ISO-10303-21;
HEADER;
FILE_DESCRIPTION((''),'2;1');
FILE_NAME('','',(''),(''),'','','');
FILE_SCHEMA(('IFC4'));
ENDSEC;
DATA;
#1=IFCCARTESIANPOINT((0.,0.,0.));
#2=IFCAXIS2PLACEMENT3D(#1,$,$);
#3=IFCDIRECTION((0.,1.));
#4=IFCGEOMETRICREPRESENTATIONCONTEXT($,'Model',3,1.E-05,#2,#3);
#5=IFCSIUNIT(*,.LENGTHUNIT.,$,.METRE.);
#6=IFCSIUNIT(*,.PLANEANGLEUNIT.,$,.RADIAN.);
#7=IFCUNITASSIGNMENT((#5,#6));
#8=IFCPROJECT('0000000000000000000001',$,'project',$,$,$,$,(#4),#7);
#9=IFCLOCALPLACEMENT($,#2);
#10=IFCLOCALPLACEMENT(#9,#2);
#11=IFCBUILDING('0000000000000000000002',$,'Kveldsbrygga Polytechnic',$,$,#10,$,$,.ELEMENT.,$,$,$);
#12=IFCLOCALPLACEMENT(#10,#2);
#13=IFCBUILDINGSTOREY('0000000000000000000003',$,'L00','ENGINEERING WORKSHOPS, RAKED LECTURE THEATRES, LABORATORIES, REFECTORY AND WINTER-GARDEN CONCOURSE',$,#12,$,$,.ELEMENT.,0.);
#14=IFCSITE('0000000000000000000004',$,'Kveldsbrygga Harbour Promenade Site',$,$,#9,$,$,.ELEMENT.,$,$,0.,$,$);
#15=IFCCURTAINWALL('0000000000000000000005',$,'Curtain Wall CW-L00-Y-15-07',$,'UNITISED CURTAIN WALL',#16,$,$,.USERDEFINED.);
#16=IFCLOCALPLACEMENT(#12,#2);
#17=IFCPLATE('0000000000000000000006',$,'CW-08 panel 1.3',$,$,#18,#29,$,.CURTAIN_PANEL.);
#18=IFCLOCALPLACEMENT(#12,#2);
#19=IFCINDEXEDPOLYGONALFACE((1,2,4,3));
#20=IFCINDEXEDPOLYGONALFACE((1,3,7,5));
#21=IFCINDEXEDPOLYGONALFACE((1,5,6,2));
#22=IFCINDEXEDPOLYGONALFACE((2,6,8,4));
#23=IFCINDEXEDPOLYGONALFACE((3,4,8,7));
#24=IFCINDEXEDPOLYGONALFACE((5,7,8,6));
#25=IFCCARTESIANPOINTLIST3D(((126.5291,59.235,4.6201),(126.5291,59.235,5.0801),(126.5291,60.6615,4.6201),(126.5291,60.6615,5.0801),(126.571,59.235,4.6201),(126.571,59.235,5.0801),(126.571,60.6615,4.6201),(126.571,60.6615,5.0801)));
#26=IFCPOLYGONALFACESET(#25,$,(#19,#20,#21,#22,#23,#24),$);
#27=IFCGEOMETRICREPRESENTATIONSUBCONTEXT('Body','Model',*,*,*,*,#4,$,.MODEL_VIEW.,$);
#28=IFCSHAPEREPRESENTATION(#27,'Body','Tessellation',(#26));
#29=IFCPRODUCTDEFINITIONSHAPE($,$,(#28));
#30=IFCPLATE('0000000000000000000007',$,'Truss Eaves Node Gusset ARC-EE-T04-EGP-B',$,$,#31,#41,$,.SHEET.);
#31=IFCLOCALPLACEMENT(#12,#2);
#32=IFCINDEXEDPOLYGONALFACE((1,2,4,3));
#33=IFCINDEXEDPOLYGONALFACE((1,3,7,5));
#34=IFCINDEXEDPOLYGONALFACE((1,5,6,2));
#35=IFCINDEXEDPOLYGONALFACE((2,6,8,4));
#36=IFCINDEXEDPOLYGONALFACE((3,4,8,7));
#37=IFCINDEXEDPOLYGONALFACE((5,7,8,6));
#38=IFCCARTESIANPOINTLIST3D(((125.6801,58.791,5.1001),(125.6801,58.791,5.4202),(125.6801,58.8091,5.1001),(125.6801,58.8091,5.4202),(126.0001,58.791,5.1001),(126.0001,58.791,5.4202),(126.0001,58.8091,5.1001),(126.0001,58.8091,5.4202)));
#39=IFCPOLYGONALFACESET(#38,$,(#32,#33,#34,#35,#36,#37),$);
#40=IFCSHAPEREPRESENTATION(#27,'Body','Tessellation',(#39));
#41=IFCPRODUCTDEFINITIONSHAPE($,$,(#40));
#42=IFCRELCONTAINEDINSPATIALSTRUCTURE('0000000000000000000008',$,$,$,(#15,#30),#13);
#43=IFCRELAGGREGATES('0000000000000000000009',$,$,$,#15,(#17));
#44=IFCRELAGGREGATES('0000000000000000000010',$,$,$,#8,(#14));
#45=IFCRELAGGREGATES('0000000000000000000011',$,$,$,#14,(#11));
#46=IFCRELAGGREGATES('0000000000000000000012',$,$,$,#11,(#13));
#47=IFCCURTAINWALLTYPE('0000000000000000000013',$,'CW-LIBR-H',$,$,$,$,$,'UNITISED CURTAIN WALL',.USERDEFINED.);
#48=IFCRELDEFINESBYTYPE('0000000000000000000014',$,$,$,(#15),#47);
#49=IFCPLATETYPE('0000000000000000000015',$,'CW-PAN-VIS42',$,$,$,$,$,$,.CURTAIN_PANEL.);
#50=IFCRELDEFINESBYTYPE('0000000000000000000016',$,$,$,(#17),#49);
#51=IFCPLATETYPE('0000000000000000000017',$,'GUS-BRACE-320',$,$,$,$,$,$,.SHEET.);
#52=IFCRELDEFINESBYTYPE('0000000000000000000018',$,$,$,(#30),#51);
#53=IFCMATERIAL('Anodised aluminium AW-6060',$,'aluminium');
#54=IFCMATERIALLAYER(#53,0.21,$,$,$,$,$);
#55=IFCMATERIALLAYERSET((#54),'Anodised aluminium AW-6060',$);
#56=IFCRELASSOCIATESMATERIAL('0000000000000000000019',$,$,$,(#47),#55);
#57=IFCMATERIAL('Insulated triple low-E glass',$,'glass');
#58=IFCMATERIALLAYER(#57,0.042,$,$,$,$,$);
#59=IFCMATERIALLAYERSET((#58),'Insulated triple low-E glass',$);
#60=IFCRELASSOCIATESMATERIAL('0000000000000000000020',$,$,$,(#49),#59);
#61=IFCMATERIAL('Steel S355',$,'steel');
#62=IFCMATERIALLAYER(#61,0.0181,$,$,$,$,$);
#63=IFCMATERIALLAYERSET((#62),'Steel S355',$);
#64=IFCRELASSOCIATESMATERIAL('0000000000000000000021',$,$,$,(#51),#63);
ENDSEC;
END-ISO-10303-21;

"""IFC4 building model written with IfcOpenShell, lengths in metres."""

from ifc_helpers import new_model, si_unit, direction, frame, origin, origin_2d, place, context, subcontext, project, spatial, rectangle, extrude, material, layer, layer_set, type_object, element, aggregate, save


model = new_model("IFC4")

# Units and contexts
model_context = context("Model", 3, precision=1e-05, world=origin(), true_north=direction((0.0, 1.0)))
body_context = subcontext(model_context, "Body", "Model", "MODEL_VIEW")
ifc_project = project(units=[si_unit("LENGTHUNIT", "METRE"), si_unit("PLANEANGLEUNIT", "RADIAN")], contexts=[model_context])

# Site, building, storey
site_placement = place(None, origin())
site = spatial("IfcSite", under=ifc_project, at=site_placement, Name="Kveldsbrygga Harbour Promenade Site", CompositionType="ELEMENT", RefElevation=0.0)
building_placement = place(site_placement, origin())
building = spatial("IfcBuilding", under=site, at=building_placement, Name="Kveldsbrygga Polytechnic", CompositionType="ELEMENT")
storey_placement = place(building_placement, origin())
storey = spatial("IfcBuildingStorey", under=building, at=storey_placement, Name="L00", Description="ENGINEERING WORKSHOPS, RAKED LECTURE THEATRES, LABORATORIES, REFECTORY AND WINTER-GARDEN CONCOURSE", CompositionType="ELEMENT", Elevation=0.0)

# Curtain wall
ifc_material_1 = material(Name="Anodised aluminium AW-6060", Category="aluminium")
ifc_layer_1 = layer(ifc_material_1, 0.21)
ifc_layer_set_1 = layer_set([ifc_layer_1], Name="Anodised aluminium AW-6060")
curtain_wall_type = type_object("IfcCurtainWallType", Name="CW-LIBR-H", ElementType="UNITISED CURTAIN WALL", PredefinedType="USERDEFINED", material=ifc_layer_set_1)
curtain_wall_placement = place(storey_placement, origin())
curtain_wall = element("IfcCurtainWall", 1, at=curtain_wall_placement, inside=storey, type_object=curtain_wall_type, Name="Curtain Wall CW-L00-Y-15-07", ObjectType="UNITISED CURTAIN WALL", PredefinedType="USERDEFINED")

# Plates
ifc_material_2 = material(Name="Steel S355", Category="steel")
ifc_material_3 = material(Name="Insulated triple low-E glass", Category="glass")
ifc_layer_2 = layer(ifc_material_3, 0.042)
ifc_layer_set_2 = layer_set([ifc_layer_2], Name="Insulated triple low-E glass")
plate_type_1 = type_object("IfcPlateType", Name="CW-PAN-VIS42", PredefinedType="CURTAIN_PANEL", material=ifc_layer_set_2)
plate_1_placement = place(storey_placement, frame((126.55, 59.9482, 4.6201), z_axis=(0.0, 0.0, 1.0), x_axis=(0.0, 1.0, 0.0)))
plate_1 = element("IfcPlate", 2, at=plate_1_placement, type_object=plate_type_1, Name="CW-08 panel 1.3", PredefinedType="CURTAIN_PANEL", context=body_context, shape_type="SweptSolid", body=[
    extrude(rectangle(XDim=1.4265, YDim=0.042, at=origin_2d()), origin(), (0.0, 0.0, 1.0), 0.46),
])
aggregate(curtain_wall, [plate_1])
ifc_layer_3 = layer(ifc_material_2, 0.0181)
ifc_layer_set_3 = layer_set([ifc_layer_3], Name="Steel S355")
plate_type_2 = type_object("IfcPlateType", Name="GUS-BRACE-320", PredefinedType="SHEET", material=ifc_layer_set_3)
plate_2_placement = place(storey_placement, frame((125.8401, 58.8, 5.1001), z_axis=(0.0, 0.0, 1.0), x_axis=(1.0, 0.0, 0.0)))
element("IfcPlate", 3, at=plate_2_placement, inside=storey, type_object=plate_type_2, Name="Truss Eaves Node Gusset ARC-EE-T04-EGP-B", PredefinedType="SHEET", context=body_context, shape_type="SweptSolid", body=[
    extrude(rectangle(XDim=0.3201, YDim=0.0181, at=origin_2d()), origin(), (0.0, 0.0, 1.0), 0.3201),
])

save(model, "model.ifc")
